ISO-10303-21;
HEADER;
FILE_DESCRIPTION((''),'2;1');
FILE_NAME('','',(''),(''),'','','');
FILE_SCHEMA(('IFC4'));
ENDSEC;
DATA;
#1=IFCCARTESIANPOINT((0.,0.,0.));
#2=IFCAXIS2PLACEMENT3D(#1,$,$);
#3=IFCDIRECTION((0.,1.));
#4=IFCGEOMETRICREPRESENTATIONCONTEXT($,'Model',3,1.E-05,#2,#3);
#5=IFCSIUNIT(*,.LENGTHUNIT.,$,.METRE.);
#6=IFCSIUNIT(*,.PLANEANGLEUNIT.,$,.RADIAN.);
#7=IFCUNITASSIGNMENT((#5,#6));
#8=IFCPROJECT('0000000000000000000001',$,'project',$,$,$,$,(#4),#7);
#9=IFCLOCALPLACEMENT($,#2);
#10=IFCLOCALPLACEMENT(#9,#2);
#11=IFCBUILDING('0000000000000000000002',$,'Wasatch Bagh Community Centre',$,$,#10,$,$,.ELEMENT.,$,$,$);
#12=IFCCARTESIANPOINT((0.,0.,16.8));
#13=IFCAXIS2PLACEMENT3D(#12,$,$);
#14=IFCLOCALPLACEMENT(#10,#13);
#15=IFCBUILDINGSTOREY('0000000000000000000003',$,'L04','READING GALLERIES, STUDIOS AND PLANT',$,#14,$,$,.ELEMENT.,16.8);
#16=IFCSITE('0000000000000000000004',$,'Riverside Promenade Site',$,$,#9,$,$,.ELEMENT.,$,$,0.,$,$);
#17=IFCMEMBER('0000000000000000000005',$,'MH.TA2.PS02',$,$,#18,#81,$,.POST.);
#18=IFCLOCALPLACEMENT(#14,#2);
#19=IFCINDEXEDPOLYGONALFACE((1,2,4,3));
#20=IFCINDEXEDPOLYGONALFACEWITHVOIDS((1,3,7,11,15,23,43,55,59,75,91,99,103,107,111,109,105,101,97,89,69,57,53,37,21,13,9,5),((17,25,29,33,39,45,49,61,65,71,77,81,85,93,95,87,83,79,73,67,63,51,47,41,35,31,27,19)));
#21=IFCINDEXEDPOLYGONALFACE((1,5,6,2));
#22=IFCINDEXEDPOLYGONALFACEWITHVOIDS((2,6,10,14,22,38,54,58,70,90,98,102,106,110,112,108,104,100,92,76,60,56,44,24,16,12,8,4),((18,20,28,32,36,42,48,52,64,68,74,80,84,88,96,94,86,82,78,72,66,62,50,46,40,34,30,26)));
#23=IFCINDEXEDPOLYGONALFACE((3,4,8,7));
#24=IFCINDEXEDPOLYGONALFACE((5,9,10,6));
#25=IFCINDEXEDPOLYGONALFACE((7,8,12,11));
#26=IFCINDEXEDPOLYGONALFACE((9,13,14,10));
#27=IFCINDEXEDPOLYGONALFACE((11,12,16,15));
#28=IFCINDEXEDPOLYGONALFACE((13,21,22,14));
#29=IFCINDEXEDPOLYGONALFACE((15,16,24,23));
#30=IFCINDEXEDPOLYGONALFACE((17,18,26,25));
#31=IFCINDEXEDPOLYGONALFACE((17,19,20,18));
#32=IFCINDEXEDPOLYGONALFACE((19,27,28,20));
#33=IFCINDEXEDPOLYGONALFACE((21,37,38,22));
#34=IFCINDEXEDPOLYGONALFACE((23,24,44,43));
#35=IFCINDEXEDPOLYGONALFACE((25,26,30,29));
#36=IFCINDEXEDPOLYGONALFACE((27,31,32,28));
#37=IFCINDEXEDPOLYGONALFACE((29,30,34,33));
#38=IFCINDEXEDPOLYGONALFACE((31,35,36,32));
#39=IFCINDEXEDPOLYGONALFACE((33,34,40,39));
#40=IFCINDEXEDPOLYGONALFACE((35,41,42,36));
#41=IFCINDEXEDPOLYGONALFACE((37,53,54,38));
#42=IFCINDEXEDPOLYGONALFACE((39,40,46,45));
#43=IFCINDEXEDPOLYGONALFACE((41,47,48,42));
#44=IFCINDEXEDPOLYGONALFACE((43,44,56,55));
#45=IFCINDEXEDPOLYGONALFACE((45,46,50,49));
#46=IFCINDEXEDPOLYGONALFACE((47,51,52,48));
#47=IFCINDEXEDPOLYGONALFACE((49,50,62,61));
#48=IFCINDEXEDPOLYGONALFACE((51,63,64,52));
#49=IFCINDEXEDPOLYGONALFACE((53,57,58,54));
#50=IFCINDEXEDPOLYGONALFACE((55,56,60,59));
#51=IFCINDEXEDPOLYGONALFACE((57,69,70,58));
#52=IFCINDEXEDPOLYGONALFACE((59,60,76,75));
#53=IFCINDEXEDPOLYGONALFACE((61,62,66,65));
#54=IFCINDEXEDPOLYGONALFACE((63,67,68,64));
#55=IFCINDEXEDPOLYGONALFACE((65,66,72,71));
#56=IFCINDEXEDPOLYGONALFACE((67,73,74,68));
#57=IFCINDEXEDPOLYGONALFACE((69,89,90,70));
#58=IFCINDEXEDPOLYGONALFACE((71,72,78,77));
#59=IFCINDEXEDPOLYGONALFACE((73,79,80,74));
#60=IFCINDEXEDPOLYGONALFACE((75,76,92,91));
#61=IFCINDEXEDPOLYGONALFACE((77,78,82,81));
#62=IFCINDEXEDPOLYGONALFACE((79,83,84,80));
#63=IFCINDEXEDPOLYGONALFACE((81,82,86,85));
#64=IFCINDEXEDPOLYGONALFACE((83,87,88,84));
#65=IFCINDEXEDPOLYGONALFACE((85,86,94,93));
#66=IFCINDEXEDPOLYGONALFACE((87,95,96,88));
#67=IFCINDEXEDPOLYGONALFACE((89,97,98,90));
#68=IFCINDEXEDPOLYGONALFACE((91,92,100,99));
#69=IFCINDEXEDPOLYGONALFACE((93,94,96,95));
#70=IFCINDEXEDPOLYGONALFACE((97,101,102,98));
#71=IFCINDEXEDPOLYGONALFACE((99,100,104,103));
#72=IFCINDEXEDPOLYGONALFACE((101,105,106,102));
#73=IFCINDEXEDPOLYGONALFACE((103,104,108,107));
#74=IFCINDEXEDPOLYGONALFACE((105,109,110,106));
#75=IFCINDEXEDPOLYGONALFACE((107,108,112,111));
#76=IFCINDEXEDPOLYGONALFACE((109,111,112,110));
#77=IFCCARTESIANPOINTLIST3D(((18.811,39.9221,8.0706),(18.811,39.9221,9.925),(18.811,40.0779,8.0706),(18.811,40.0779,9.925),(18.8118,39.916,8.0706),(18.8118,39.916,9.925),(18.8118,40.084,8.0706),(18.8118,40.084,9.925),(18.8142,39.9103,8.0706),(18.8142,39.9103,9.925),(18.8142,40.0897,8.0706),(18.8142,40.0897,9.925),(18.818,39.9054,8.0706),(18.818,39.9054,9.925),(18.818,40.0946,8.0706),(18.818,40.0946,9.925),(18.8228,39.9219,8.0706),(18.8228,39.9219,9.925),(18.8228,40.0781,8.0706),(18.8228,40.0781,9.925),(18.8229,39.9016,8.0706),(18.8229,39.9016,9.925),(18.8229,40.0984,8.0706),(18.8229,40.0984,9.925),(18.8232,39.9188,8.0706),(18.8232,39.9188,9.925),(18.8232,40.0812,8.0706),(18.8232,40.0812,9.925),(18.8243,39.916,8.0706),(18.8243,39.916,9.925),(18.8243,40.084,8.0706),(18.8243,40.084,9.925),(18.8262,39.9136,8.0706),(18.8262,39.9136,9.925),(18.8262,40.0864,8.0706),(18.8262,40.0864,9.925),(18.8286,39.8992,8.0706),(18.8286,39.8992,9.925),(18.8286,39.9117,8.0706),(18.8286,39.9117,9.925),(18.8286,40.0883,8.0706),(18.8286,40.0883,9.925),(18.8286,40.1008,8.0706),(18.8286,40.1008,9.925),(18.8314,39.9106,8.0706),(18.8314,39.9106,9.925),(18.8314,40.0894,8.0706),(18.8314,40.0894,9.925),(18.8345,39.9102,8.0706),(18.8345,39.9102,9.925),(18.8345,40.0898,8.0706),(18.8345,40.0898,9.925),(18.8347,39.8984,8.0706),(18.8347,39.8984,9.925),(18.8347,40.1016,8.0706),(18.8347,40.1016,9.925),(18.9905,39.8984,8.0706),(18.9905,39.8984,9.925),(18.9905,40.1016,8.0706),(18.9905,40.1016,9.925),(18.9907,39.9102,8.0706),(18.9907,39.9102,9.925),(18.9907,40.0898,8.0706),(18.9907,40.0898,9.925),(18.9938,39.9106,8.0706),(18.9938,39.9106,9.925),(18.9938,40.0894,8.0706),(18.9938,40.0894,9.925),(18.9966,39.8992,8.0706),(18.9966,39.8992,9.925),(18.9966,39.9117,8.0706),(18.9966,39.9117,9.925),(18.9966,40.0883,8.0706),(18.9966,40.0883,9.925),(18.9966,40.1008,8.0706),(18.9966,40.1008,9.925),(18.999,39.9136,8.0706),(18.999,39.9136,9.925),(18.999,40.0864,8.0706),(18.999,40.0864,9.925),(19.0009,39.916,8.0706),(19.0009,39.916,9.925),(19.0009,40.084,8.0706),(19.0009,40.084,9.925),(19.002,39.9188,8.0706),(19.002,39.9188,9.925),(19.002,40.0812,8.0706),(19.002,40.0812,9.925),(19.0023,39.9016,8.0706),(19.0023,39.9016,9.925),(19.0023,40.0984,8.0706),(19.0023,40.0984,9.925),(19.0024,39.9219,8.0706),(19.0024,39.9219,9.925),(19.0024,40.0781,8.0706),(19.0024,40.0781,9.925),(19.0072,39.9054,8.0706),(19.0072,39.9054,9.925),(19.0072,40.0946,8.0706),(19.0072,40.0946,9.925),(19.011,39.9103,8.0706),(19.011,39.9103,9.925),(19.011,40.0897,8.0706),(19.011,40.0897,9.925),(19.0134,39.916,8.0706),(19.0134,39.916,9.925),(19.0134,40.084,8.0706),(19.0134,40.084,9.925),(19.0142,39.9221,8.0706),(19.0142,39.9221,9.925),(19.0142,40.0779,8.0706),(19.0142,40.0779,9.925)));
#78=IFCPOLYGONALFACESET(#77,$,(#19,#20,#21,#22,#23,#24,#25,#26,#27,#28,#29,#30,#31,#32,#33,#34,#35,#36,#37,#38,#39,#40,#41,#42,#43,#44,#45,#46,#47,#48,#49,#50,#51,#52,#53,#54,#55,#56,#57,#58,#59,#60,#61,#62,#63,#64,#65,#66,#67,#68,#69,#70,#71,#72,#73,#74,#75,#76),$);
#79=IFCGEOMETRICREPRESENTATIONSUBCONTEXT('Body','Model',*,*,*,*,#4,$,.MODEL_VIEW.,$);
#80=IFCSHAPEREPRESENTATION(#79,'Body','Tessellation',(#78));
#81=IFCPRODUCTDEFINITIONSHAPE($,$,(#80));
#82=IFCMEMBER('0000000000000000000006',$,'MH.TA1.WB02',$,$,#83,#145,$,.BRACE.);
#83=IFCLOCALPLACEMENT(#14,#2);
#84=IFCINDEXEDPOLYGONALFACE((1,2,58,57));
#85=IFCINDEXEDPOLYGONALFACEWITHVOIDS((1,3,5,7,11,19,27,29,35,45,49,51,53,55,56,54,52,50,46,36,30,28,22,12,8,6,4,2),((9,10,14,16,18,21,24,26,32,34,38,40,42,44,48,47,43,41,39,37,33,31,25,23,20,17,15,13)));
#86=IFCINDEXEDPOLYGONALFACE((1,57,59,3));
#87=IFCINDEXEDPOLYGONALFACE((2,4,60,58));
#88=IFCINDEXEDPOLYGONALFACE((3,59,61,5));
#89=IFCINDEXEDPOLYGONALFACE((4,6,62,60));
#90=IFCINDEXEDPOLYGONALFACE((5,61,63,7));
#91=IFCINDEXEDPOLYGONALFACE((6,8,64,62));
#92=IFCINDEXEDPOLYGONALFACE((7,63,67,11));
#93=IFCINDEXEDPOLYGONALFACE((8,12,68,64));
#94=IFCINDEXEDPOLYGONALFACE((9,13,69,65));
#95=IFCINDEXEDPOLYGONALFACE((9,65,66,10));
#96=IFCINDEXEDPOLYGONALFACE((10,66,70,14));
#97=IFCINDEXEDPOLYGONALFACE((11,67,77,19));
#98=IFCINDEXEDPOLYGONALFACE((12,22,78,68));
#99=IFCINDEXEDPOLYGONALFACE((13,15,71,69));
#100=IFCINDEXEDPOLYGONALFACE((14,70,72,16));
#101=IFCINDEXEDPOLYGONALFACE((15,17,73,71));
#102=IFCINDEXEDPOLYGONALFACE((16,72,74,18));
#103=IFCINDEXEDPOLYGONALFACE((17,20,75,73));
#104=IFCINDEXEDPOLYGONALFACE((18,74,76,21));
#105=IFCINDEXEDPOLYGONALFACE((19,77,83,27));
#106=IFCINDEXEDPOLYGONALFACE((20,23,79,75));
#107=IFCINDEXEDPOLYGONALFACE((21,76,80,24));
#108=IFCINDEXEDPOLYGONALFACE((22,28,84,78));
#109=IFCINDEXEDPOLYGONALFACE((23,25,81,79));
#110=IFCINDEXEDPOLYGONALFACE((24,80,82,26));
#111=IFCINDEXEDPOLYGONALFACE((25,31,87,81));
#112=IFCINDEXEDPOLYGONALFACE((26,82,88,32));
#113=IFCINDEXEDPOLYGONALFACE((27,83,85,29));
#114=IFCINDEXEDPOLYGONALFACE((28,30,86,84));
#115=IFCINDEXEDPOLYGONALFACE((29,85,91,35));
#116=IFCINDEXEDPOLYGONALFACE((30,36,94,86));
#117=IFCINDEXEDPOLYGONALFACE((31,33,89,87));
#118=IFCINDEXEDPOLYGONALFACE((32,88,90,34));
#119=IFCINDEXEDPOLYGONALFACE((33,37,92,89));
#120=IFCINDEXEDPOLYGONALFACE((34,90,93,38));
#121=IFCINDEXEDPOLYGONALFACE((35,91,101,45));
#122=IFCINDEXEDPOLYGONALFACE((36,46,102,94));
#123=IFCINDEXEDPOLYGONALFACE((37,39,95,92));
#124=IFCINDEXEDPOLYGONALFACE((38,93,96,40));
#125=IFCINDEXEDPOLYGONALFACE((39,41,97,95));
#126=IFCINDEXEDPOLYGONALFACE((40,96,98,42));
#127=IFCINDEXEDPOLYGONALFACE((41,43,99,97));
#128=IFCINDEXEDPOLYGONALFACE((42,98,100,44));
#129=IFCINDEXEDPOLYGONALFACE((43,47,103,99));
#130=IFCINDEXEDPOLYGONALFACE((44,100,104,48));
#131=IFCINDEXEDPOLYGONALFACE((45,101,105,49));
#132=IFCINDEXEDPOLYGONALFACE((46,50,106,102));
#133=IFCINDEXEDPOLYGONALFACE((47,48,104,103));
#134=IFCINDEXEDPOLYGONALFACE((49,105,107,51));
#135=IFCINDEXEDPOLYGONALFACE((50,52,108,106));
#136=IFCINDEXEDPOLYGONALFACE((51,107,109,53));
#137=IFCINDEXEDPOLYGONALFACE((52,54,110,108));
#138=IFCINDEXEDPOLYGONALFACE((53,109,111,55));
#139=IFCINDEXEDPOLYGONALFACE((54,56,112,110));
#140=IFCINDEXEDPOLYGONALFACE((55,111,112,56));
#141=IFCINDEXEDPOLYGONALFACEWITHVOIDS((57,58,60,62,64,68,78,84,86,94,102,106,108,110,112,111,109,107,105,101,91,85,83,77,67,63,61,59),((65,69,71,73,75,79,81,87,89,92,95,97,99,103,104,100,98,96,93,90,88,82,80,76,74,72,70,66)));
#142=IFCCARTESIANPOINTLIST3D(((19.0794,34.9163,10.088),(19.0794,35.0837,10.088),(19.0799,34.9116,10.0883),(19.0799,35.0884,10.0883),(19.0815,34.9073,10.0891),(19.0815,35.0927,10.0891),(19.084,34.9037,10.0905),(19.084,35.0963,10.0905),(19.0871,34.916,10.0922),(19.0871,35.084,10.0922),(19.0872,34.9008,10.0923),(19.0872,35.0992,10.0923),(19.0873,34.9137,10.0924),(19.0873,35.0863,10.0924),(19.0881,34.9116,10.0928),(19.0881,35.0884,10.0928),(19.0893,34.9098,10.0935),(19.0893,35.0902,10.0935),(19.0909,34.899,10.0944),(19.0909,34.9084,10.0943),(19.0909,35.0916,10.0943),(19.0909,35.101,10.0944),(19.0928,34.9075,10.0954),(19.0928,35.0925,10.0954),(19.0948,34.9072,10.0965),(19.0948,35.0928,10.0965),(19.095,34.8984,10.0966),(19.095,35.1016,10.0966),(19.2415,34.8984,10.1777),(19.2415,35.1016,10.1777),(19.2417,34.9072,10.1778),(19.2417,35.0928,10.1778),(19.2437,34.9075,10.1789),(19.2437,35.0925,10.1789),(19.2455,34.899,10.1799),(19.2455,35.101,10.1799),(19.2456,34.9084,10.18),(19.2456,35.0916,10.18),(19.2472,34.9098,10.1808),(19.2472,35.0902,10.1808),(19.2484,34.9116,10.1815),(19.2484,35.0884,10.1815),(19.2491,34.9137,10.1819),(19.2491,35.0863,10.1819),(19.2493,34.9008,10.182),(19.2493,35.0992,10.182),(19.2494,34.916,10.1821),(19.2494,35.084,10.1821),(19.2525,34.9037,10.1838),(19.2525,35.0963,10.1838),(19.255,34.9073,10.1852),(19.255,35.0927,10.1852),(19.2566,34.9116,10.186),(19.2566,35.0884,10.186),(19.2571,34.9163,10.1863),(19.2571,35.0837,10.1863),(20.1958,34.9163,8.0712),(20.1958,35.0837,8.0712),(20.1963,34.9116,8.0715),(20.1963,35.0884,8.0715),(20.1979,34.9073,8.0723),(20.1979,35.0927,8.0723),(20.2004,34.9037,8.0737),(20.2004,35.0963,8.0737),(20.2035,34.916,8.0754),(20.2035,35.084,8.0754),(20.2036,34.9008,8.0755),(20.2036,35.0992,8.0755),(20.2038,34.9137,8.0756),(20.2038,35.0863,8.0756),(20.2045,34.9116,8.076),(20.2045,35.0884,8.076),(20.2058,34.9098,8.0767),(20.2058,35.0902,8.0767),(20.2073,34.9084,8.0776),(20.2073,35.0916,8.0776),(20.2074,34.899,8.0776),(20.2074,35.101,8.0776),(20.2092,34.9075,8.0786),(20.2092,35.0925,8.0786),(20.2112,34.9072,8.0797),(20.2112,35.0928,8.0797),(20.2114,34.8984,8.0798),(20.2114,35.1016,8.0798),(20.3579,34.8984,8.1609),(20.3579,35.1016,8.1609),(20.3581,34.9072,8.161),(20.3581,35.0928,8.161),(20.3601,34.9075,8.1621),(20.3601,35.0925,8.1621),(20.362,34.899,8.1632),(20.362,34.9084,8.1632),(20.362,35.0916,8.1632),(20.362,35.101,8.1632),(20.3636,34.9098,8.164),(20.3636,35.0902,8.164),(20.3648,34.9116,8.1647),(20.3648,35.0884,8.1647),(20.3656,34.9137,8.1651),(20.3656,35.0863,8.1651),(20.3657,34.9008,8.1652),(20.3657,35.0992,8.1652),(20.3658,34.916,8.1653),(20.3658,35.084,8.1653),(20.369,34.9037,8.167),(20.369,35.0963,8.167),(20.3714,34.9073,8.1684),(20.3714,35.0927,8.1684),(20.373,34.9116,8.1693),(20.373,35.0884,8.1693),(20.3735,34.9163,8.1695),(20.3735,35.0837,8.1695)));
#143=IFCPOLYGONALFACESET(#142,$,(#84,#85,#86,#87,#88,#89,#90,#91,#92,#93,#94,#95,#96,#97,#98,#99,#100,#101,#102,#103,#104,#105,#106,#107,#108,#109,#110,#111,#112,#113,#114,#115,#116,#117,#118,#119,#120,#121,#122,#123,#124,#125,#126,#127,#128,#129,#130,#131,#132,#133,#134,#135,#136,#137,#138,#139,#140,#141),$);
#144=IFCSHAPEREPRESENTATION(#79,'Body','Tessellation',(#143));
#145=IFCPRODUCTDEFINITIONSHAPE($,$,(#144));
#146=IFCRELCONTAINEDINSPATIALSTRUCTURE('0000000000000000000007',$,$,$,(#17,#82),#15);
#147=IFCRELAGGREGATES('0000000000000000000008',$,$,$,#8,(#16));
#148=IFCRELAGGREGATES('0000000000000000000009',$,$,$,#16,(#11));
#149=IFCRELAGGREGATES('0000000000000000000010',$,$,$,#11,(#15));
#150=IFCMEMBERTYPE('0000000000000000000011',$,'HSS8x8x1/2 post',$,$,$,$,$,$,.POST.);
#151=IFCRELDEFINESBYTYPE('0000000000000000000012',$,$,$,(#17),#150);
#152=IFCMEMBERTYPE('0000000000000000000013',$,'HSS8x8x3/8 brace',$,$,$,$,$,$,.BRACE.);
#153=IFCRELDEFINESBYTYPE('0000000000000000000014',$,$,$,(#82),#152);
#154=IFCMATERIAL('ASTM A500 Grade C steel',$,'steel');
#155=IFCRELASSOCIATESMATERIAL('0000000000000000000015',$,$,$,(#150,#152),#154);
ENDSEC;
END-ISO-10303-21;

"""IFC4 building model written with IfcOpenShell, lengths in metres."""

from ifc_helpers import new_model, si_unit, direction, frame, origin, origin_2d, place, context, subcontext, project, spatial, hollow_rectangle, extrude, material, material_profile, profile_set, type_object, element, save


model = new_model("IFC4")

# Units and contexts
model_context = context("Model", 3, precision=1e-05, world=origin(), true_north=direction((0.0, 1.0)))
body_context = subcontext(model_context, "Body", "Model", "MODEL_VIEW")
ifc_project = project(units=[si_unit("LENGTHUNIT", "METRE"), si_unit("PLANEANGLEUNIT", "RADIAN")], contexts=[model_context])

# Site, building, storey
site_placement = place(None, origin())
site = spatial("IfcSite", under=ifc_project, at=site_placement, Name="Riverside Promenade Site", CompositionType="ELEMENT", RefElevation=0.0)
building_placement = place(site_placement, origin())
building = spatial("IfcBuilding", under=site, at=building_placement, Name="Wasatch Bagh Community Centre", CompositionType="ELEMENT")
storey_placement = place(building_placement, frame((0.0, 0.0, 16.8)))
storey = spatial("IfcBuildingStorey", under=building, at=storey_placement, Name="L04", Description="READING GALLERIES, STUDIOS AND PLANT", CompositionType="ELEMENT", Elevation=16.8)

# Members
ifc_material_1 = material(Name="ASTM A500 Grade C steel", Category="steel")
ifc_material_profile_1 = material_profile(ifc_material_1, hollow_rectangle(XDim=0.2031, YDim=0.2031, WallThickness=0.0117, InnerFilletRadius=0.0117, OuterFilletRadius=0.0237, at=origin_2d()), Name="HSS8x8x1/2")
ifc_profile_set_1 = profile_set([ifc_material_profile_1], Name="ASTM A500 Grade C steel")
member_type_1 = type_object("IfcMemberType", Name="HSS8x8x1/2 post", PredefinedType="POST", material=ifc_profile_set_1)
member_1_placement = place(storey_placement, frame((18.9126, 40.0, 8.0706), z_axis=(0.0, 0.0, 1.0), x_axis=(1.0, 0.0, 0.0)))
element("IfcMember", 1, at=member_1_placement, inside=storey, type_object=member_type_1, Name="MH.TA2.PS02", PredefinedType="POST", context=body_context, shape_type="SweptSolid", body=[
    extrude(hollow_rectangle(XDim=0.2031, YDim=0.2031, WallThickness=0.0117, InnerFilletRadius=0.0117, OuterFilletRadius=0.0237, at=origin_2d()), origin(), (0.0, 0.0, 1.0), 1.8545),
])
ifc_material_profile_2 = material_profile(ifc_material_1, hollow_rectangle(XDim=0.2031, YDim=0.2031, WallThickness=0.0088, InnerFilletRadius=0.0088, OuterFilletRadius=0.0178, at=origin_2d()), Name="HSS8x8x3/8")
ifc_profile_set_2 = profile_set([ifc_material_profile_2], Name="ASTM A500 Grade C steel")
member_type_2 = type_object("IfcMemberType", Name="HSS8x8x3/8 brace", PredefinedType="BRACE", material=ifc_profile_set_2)
for number, where, z_axis, x_axis, name in (
    (2, (20.2847, 35.0, 8.1204), (-0.484312, 0.0, 0.874896), (0.0, -1.0, 0.0), "MH.TA1.WB02"),
):
    element("IfcMember", number, at=place(storey_placement, frame(where, z_axis=z_axis, x_axis=x_axis)), inside=storey, type_object=member_type_2, Name=name, PredefinedType="BRACE", context=body_context, shape_type="SweptSolid", body=[
        extrude(hollow_rectangle(XDim=0.2031, YDim=0.2031, WallThickness=0.0088, InnerFilletRadius=0.0088, OuterFilletRadius=0.0178, at=origin_2d()), origin(), (0.0, 0.0, 1.0), 2.3052),
    ])

save(model, "model.ifc")
